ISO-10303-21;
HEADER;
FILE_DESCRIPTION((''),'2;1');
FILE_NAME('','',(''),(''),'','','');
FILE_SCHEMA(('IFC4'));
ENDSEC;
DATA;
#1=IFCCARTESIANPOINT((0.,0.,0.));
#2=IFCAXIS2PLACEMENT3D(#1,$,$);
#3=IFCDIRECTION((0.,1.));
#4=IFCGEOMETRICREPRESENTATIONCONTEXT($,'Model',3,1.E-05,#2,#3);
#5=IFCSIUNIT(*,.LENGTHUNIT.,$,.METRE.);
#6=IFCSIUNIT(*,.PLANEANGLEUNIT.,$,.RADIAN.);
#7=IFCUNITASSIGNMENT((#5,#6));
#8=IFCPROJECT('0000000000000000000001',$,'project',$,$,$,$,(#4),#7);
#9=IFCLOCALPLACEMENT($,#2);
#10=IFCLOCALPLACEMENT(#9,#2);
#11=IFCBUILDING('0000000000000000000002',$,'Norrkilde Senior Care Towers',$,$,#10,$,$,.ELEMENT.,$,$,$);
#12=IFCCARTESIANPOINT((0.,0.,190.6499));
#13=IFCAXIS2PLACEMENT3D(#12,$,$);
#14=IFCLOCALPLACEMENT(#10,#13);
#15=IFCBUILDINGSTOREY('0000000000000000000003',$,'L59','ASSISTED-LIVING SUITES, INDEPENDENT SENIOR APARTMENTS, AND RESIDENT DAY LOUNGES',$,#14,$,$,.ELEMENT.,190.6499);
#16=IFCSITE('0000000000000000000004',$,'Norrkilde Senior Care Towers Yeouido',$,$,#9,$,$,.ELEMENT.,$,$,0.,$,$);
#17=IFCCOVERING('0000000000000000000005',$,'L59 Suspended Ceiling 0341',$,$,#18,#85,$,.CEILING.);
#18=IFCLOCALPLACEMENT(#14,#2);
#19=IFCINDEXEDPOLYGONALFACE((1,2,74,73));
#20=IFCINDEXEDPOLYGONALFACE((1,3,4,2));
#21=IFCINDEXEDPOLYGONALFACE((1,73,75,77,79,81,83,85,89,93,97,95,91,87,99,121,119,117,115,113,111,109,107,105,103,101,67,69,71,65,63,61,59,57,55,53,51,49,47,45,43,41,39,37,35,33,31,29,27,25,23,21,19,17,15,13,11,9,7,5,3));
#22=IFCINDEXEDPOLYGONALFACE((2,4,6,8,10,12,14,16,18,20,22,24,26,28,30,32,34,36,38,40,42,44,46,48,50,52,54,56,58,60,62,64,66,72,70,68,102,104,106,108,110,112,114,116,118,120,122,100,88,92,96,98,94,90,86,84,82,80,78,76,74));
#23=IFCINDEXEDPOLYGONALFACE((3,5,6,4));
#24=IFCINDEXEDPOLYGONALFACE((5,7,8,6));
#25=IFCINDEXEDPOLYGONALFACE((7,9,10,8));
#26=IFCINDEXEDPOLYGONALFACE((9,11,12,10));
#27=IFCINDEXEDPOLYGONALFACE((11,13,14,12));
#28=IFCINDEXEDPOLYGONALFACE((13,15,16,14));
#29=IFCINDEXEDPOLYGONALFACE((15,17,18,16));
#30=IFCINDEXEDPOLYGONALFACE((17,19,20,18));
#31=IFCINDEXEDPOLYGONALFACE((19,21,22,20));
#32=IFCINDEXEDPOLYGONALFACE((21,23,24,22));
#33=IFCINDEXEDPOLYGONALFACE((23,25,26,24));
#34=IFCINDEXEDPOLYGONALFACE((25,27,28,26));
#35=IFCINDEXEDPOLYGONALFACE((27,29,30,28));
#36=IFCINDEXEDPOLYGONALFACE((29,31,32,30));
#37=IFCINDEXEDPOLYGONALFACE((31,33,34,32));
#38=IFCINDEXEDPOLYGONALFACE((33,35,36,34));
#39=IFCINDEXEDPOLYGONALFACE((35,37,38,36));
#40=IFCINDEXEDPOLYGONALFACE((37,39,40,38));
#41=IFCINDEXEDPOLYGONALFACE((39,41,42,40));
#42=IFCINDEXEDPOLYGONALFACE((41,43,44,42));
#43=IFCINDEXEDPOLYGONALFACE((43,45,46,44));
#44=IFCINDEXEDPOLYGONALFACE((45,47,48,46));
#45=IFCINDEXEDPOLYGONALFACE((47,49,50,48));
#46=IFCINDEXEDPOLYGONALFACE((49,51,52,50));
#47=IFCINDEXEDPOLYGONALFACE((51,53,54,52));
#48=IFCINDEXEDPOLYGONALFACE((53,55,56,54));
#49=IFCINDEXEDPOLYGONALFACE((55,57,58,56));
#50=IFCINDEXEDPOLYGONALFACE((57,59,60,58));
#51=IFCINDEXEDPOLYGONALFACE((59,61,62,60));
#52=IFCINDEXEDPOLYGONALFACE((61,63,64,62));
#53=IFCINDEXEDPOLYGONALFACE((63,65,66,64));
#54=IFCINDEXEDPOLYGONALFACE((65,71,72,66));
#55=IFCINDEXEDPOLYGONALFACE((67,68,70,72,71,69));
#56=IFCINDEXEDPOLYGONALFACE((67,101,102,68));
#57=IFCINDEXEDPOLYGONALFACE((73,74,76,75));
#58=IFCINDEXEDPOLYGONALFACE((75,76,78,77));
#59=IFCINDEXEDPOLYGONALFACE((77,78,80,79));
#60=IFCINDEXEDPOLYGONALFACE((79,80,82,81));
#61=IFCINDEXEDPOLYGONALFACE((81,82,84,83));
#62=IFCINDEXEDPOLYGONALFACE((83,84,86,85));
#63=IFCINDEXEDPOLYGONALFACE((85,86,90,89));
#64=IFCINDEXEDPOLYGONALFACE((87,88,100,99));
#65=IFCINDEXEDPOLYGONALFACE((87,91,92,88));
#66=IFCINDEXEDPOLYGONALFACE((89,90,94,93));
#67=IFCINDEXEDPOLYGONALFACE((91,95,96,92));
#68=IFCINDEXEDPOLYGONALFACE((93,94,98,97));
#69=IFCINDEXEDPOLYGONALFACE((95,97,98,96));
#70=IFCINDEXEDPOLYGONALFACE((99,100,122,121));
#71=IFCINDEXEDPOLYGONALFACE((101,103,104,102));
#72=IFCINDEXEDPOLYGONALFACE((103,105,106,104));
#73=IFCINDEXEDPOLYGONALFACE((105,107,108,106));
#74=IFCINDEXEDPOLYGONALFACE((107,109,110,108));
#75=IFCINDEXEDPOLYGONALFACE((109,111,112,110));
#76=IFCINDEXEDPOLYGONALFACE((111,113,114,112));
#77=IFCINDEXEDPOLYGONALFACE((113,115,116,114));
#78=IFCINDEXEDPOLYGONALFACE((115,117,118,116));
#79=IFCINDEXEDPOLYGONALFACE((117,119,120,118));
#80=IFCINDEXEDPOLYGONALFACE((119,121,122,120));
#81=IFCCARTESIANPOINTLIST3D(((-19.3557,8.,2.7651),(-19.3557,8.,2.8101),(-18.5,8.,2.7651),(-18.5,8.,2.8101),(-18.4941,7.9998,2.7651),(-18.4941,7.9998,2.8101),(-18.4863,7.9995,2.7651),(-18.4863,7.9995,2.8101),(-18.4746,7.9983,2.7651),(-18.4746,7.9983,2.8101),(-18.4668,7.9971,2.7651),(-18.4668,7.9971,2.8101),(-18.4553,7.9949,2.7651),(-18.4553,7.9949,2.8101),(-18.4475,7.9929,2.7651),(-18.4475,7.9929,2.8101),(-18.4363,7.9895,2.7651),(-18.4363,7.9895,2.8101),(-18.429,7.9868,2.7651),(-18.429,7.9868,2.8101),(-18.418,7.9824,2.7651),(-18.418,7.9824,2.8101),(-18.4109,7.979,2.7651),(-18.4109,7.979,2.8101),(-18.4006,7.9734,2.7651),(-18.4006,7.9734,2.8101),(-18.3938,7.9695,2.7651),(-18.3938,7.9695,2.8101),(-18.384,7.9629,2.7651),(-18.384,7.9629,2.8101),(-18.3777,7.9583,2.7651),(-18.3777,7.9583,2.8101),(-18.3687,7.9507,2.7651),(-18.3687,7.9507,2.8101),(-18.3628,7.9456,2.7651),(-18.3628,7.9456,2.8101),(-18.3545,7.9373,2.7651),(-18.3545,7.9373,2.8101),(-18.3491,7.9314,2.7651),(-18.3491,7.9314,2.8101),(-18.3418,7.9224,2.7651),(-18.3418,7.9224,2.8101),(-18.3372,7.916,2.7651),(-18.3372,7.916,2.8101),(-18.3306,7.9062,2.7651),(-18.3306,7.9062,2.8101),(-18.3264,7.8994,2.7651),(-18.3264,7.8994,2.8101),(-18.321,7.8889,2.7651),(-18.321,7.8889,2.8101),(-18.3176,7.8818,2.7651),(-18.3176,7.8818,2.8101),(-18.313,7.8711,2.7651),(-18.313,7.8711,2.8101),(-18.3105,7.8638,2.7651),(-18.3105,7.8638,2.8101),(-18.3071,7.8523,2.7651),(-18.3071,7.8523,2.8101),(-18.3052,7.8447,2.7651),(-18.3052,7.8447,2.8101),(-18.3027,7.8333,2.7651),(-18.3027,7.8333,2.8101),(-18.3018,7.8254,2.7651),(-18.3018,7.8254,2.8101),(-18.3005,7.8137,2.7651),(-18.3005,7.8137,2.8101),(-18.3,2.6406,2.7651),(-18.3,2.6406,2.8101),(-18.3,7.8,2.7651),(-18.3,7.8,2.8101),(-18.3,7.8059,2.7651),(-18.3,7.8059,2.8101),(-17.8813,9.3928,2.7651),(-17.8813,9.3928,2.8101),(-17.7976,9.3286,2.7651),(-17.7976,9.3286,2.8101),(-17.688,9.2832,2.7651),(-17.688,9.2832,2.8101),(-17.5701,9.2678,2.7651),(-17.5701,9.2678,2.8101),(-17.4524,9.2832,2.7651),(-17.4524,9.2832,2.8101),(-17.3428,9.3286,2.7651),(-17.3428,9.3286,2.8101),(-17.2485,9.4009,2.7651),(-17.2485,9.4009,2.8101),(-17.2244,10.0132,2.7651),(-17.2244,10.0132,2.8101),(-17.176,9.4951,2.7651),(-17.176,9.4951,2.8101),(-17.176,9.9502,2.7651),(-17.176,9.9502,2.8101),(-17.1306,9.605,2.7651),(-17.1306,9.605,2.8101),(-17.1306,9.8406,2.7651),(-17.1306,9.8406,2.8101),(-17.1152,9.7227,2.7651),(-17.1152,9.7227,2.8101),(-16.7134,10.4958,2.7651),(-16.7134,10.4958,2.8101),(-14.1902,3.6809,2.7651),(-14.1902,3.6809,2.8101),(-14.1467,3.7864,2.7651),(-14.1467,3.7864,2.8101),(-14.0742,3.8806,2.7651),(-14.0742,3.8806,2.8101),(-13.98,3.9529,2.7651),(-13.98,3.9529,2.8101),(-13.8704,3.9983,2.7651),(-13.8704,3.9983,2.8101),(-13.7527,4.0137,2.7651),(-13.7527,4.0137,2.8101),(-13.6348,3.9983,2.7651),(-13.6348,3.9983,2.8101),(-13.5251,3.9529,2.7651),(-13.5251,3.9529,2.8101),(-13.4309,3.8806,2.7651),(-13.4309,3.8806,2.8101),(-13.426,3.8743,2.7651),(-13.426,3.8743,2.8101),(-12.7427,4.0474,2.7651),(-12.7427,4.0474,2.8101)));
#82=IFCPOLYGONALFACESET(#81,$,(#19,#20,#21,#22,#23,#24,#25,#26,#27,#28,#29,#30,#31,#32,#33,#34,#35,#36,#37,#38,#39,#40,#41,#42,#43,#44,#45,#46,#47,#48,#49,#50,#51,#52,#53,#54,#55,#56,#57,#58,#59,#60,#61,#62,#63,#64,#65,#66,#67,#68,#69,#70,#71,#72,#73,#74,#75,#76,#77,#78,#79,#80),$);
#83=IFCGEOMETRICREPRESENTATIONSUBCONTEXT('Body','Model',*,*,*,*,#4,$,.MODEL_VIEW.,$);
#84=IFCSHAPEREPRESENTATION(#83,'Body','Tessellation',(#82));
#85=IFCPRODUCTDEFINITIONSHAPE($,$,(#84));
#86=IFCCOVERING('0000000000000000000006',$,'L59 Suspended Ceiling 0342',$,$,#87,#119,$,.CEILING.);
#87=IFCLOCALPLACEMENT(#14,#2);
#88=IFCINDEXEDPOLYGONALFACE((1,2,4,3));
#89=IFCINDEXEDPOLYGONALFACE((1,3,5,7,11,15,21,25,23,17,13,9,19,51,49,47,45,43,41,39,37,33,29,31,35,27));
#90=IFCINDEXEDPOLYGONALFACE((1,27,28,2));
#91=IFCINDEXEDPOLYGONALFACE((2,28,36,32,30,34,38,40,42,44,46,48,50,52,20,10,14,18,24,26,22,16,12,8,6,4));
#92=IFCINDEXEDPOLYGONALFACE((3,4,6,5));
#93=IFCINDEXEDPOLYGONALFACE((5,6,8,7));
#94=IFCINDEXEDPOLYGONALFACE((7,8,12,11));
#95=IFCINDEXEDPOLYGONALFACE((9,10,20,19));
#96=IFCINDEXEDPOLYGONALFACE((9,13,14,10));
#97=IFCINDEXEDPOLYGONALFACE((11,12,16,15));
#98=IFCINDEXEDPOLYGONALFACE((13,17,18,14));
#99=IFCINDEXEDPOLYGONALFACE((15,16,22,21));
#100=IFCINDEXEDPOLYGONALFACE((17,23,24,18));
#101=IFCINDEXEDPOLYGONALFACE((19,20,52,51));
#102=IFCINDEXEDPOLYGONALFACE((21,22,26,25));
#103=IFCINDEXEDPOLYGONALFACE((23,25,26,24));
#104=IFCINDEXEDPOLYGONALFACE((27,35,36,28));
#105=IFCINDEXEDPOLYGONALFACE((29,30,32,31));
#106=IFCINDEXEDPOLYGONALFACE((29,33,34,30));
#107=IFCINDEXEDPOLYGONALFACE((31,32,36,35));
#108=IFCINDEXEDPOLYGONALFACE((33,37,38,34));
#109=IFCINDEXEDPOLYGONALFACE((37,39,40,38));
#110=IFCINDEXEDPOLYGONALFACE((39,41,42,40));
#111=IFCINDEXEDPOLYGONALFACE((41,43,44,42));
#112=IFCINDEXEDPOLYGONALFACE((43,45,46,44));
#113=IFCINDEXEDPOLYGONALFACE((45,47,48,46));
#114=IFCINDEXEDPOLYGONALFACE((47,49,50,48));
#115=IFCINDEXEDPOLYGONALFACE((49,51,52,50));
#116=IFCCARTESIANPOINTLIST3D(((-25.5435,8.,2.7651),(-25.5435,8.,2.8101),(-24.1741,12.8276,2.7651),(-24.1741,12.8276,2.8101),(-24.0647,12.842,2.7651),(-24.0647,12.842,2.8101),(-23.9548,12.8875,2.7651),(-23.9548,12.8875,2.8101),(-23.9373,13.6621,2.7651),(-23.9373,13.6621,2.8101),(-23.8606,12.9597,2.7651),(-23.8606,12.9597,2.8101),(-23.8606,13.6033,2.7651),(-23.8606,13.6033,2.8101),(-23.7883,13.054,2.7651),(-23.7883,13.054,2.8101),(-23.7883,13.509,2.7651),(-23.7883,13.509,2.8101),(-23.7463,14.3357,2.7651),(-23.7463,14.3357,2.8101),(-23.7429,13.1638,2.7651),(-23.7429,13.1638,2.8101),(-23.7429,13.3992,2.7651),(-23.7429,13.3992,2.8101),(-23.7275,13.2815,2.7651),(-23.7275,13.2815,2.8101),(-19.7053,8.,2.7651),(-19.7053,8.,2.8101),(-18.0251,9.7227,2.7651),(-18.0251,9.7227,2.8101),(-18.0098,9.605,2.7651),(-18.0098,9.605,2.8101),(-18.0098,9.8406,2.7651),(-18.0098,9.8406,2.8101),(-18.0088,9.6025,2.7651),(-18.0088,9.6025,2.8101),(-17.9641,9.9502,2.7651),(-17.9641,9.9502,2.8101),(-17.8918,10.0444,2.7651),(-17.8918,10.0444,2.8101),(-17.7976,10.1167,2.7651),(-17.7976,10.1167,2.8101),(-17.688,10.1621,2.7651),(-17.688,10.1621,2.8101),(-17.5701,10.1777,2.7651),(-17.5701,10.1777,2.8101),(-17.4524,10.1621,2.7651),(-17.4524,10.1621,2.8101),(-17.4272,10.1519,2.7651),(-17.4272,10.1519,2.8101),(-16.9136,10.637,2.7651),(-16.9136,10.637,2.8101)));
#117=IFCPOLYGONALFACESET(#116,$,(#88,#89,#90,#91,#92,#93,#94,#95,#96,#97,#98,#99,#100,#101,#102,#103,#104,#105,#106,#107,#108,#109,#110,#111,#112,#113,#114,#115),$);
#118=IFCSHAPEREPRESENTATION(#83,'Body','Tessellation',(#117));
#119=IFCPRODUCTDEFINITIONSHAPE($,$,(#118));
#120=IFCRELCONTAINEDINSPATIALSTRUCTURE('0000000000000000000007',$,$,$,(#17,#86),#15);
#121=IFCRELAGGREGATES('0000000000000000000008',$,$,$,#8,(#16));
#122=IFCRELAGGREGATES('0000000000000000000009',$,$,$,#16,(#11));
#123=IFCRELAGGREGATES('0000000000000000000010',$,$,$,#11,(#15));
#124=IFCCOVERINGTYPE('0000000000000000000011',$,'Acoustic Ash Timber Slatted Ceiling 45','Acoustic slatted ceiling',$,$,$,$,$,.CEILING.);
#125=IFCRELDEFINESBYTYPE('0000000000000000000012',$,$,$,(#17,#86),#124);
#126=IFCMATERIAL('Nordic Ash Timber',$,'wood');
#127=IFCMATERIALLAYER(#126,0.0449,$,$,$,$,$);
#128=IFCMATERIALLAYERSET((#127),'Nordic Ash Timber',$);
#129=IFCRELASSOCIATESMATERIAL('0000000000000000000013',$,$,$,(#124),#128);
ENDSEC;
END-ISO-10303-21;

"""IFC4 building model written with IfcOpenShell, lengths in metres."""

from ifc_helpers import new_model, si_unit, direction, frame, origin, place, context, subcontext, project, spatial, polyline, outline, extrude, material, layer, layer_set, type_object, element, save


model = new_model("IFC4")

# Units and contexts
model_context = context("Model", 3, precision=1e-05, world=origin(), true_north=direction((0.0, 1.0)))
body_context = subcontext(model_context, "Body", "Model", "MODEL_VIEW")
ifc_project = project(units=[si_unit("LENGTHUNIT", "METRE"), si_unit("PLANEANGLEUNIT", "RADIAN")], contexts=[model_context])

# Site, building, storey
site_placement = place(None, origin())
site = spatial("IfcSite", under=ifc_project, at=site_placement, Name="Norrkilde Senior Care Towers Yeouido", CompositionType="ELEMENT", RefElevation=0.0)
building_placement = place(site_placement, origin())
building = spatial("IfcBuilding", under=site, at=building_placement, Name="Norrkilde Senior Care Towers", CompositionType="ELEMENT")
storey_placement = place(building_placement, frame((0.0, 0.0, 190.6499)))
storey = spatial("IfcBuildingStorey", under=building, at=storey_placement, Name="L59", Description="ASSISTED-LIVING SUITES, INDEPENDENT SENIOR APARTMENTS, AND RESIDENT DAY LOUNGES", CompositionType="ELEMENT", Elevation=190.6499)

# Coverings
ifc_material_1 = material(Name="Nordic Ash Timber", Category="wood")
ifc_layer_1 = layer(ifc_material_1, 0.0449)
ifc_layer_set_1 = layer_set([ifc_layer_1], Name="Nordic Ash Timber")
covering_type_1 = type_object("IfcCoveringType", Name="Acoustic Ash Timber Slatted Ceiling 45", Description="Acoustic slatted ceiling", PredefinedType="CEILING", material=ifc_layer_set_1)
covering_1_placement = place(storey_placement, frame((0.0, 0.0, 2.7651)))
element("IfcCovering", 1, at=covering_1_placement, inside=storey, type_object=covering_type_1, Name="L59 Suspended Ceiling 0341", PredefinedType="CEILING", context=body_context, shape_type="SweptSolid", body=[
    extrude(outline(polyline([(-18.3027, 7.8333), (-18.3052, 7.8447), (-18.3071, 7.8523), (-18.3105, 7.8638), (-18.313, 7.8711), (-18.3176, 7.8818), (-18.321, 7.8889), (-18.3264, 7.8994), (-18.3306, 7.9062), (-18.3372, 7.916), (-18.3418, 7.9224), (-18.3491, 7.9314), (-18.3545, 7.9373), (-18.3628, 7.9456), (-18.3687, 7.9507), (-18.3777, 7.9583), (-18.384, 7.9629), (-18.3938, 7.9695), (-18.4006, 7.9734), (-18.4109, 7.979), (-18.418, 7.9824), (-18.429, 7.9868), (-18.4363, 7.9895), (-18.4475, 7.9929), (-18.4553, 7.9949), (-18.4668, 7.9971), (-18.4746, 7.9983), (-18.4863, 7.9995), (-18.4941, 7.9998), (-18.5, 8.0), (-19.3557, 8.0), (-17.8813, 9.3928), (-17.7976, 9.3286), (-17.688, 9.2832), (-17.5701, 9.2678), (-17.4524, 9.2832), (-17.3428, 9.3286), (-17.2485, 9.4009), (-17.176, 9.4951), (-17.1306, 9.605), (-17.1152, 9.7227), (-17.1306, 9.8406), (-17.176, 9.9502), (-17.2244, 10.0132), (-16.7134, 10.4958), (-12.7427, 4.0474), (-13.426, 3.8743), (-13.4309, 3.8806), (-13.5251, 3.9529), (-13.6348, 3.9983), (-13.7527, 4.0137), (-13.8704, 3.9983), (-13.98, 3.9529), (-14.0742, 3.8806), (-14.1467, 3.7864), (-14.1902, 3.6809), (-18.3, 2.6406), (-18.3, 7.8), (-18.3, 7.8059), (-18.3005, 7.8137), (-18.3018, 7.8254), (-18.3027, 7.8333)])), origin(), (0.0, 0.0, 1.0), 0.0449),
])
covering_2_placement = place(storey_placement, frame((0.0, 0.0, 2.7651)))
element("IfcCovering", 2, at=covering_2_placement, inside=storey, type_object=covering_type_1, Name="L59 Suspended Ceiling 0342", PredefinedType="CEILING", context=body_context, shape_type="SweptSolid", body=[
    extrude(outline(polyline([(-17.4524, 10.1621), (-17.5701, 10.1777), (-17.688, 10.1621), (-17.7976, 10.1167), (-17.8918, 10.0444), (-17.9641, 9.9502), (-18.0098, 9.8406), (-18.0251, 9.7227), (-18.0098, 9.605), (-18.0088, 9.6025), (-19.7053, 8.0), (-25.5435, 8.0), (-24.1741, 12.8276), (-24.0647, 12.842), (-23.9548, 12.8875), (-23.8606, 12.9597), (-23.7883, 13.054), (-23.7429, 13.1638), (-23.7275, 13.2815), (-23.7429, 13.3992), (-23.7883, 13.509), (-23.8606, 13.6033), (-23.9373, 13.6621), (-23.7463, 14.3357), (-16.9136, 10.637), (-17.4272, 10.1519), (-17.4524, 10.1621)])), origin(), (0.0, 0.0, 1.0), 0.0449),
])

save(model, "model.ifc")
